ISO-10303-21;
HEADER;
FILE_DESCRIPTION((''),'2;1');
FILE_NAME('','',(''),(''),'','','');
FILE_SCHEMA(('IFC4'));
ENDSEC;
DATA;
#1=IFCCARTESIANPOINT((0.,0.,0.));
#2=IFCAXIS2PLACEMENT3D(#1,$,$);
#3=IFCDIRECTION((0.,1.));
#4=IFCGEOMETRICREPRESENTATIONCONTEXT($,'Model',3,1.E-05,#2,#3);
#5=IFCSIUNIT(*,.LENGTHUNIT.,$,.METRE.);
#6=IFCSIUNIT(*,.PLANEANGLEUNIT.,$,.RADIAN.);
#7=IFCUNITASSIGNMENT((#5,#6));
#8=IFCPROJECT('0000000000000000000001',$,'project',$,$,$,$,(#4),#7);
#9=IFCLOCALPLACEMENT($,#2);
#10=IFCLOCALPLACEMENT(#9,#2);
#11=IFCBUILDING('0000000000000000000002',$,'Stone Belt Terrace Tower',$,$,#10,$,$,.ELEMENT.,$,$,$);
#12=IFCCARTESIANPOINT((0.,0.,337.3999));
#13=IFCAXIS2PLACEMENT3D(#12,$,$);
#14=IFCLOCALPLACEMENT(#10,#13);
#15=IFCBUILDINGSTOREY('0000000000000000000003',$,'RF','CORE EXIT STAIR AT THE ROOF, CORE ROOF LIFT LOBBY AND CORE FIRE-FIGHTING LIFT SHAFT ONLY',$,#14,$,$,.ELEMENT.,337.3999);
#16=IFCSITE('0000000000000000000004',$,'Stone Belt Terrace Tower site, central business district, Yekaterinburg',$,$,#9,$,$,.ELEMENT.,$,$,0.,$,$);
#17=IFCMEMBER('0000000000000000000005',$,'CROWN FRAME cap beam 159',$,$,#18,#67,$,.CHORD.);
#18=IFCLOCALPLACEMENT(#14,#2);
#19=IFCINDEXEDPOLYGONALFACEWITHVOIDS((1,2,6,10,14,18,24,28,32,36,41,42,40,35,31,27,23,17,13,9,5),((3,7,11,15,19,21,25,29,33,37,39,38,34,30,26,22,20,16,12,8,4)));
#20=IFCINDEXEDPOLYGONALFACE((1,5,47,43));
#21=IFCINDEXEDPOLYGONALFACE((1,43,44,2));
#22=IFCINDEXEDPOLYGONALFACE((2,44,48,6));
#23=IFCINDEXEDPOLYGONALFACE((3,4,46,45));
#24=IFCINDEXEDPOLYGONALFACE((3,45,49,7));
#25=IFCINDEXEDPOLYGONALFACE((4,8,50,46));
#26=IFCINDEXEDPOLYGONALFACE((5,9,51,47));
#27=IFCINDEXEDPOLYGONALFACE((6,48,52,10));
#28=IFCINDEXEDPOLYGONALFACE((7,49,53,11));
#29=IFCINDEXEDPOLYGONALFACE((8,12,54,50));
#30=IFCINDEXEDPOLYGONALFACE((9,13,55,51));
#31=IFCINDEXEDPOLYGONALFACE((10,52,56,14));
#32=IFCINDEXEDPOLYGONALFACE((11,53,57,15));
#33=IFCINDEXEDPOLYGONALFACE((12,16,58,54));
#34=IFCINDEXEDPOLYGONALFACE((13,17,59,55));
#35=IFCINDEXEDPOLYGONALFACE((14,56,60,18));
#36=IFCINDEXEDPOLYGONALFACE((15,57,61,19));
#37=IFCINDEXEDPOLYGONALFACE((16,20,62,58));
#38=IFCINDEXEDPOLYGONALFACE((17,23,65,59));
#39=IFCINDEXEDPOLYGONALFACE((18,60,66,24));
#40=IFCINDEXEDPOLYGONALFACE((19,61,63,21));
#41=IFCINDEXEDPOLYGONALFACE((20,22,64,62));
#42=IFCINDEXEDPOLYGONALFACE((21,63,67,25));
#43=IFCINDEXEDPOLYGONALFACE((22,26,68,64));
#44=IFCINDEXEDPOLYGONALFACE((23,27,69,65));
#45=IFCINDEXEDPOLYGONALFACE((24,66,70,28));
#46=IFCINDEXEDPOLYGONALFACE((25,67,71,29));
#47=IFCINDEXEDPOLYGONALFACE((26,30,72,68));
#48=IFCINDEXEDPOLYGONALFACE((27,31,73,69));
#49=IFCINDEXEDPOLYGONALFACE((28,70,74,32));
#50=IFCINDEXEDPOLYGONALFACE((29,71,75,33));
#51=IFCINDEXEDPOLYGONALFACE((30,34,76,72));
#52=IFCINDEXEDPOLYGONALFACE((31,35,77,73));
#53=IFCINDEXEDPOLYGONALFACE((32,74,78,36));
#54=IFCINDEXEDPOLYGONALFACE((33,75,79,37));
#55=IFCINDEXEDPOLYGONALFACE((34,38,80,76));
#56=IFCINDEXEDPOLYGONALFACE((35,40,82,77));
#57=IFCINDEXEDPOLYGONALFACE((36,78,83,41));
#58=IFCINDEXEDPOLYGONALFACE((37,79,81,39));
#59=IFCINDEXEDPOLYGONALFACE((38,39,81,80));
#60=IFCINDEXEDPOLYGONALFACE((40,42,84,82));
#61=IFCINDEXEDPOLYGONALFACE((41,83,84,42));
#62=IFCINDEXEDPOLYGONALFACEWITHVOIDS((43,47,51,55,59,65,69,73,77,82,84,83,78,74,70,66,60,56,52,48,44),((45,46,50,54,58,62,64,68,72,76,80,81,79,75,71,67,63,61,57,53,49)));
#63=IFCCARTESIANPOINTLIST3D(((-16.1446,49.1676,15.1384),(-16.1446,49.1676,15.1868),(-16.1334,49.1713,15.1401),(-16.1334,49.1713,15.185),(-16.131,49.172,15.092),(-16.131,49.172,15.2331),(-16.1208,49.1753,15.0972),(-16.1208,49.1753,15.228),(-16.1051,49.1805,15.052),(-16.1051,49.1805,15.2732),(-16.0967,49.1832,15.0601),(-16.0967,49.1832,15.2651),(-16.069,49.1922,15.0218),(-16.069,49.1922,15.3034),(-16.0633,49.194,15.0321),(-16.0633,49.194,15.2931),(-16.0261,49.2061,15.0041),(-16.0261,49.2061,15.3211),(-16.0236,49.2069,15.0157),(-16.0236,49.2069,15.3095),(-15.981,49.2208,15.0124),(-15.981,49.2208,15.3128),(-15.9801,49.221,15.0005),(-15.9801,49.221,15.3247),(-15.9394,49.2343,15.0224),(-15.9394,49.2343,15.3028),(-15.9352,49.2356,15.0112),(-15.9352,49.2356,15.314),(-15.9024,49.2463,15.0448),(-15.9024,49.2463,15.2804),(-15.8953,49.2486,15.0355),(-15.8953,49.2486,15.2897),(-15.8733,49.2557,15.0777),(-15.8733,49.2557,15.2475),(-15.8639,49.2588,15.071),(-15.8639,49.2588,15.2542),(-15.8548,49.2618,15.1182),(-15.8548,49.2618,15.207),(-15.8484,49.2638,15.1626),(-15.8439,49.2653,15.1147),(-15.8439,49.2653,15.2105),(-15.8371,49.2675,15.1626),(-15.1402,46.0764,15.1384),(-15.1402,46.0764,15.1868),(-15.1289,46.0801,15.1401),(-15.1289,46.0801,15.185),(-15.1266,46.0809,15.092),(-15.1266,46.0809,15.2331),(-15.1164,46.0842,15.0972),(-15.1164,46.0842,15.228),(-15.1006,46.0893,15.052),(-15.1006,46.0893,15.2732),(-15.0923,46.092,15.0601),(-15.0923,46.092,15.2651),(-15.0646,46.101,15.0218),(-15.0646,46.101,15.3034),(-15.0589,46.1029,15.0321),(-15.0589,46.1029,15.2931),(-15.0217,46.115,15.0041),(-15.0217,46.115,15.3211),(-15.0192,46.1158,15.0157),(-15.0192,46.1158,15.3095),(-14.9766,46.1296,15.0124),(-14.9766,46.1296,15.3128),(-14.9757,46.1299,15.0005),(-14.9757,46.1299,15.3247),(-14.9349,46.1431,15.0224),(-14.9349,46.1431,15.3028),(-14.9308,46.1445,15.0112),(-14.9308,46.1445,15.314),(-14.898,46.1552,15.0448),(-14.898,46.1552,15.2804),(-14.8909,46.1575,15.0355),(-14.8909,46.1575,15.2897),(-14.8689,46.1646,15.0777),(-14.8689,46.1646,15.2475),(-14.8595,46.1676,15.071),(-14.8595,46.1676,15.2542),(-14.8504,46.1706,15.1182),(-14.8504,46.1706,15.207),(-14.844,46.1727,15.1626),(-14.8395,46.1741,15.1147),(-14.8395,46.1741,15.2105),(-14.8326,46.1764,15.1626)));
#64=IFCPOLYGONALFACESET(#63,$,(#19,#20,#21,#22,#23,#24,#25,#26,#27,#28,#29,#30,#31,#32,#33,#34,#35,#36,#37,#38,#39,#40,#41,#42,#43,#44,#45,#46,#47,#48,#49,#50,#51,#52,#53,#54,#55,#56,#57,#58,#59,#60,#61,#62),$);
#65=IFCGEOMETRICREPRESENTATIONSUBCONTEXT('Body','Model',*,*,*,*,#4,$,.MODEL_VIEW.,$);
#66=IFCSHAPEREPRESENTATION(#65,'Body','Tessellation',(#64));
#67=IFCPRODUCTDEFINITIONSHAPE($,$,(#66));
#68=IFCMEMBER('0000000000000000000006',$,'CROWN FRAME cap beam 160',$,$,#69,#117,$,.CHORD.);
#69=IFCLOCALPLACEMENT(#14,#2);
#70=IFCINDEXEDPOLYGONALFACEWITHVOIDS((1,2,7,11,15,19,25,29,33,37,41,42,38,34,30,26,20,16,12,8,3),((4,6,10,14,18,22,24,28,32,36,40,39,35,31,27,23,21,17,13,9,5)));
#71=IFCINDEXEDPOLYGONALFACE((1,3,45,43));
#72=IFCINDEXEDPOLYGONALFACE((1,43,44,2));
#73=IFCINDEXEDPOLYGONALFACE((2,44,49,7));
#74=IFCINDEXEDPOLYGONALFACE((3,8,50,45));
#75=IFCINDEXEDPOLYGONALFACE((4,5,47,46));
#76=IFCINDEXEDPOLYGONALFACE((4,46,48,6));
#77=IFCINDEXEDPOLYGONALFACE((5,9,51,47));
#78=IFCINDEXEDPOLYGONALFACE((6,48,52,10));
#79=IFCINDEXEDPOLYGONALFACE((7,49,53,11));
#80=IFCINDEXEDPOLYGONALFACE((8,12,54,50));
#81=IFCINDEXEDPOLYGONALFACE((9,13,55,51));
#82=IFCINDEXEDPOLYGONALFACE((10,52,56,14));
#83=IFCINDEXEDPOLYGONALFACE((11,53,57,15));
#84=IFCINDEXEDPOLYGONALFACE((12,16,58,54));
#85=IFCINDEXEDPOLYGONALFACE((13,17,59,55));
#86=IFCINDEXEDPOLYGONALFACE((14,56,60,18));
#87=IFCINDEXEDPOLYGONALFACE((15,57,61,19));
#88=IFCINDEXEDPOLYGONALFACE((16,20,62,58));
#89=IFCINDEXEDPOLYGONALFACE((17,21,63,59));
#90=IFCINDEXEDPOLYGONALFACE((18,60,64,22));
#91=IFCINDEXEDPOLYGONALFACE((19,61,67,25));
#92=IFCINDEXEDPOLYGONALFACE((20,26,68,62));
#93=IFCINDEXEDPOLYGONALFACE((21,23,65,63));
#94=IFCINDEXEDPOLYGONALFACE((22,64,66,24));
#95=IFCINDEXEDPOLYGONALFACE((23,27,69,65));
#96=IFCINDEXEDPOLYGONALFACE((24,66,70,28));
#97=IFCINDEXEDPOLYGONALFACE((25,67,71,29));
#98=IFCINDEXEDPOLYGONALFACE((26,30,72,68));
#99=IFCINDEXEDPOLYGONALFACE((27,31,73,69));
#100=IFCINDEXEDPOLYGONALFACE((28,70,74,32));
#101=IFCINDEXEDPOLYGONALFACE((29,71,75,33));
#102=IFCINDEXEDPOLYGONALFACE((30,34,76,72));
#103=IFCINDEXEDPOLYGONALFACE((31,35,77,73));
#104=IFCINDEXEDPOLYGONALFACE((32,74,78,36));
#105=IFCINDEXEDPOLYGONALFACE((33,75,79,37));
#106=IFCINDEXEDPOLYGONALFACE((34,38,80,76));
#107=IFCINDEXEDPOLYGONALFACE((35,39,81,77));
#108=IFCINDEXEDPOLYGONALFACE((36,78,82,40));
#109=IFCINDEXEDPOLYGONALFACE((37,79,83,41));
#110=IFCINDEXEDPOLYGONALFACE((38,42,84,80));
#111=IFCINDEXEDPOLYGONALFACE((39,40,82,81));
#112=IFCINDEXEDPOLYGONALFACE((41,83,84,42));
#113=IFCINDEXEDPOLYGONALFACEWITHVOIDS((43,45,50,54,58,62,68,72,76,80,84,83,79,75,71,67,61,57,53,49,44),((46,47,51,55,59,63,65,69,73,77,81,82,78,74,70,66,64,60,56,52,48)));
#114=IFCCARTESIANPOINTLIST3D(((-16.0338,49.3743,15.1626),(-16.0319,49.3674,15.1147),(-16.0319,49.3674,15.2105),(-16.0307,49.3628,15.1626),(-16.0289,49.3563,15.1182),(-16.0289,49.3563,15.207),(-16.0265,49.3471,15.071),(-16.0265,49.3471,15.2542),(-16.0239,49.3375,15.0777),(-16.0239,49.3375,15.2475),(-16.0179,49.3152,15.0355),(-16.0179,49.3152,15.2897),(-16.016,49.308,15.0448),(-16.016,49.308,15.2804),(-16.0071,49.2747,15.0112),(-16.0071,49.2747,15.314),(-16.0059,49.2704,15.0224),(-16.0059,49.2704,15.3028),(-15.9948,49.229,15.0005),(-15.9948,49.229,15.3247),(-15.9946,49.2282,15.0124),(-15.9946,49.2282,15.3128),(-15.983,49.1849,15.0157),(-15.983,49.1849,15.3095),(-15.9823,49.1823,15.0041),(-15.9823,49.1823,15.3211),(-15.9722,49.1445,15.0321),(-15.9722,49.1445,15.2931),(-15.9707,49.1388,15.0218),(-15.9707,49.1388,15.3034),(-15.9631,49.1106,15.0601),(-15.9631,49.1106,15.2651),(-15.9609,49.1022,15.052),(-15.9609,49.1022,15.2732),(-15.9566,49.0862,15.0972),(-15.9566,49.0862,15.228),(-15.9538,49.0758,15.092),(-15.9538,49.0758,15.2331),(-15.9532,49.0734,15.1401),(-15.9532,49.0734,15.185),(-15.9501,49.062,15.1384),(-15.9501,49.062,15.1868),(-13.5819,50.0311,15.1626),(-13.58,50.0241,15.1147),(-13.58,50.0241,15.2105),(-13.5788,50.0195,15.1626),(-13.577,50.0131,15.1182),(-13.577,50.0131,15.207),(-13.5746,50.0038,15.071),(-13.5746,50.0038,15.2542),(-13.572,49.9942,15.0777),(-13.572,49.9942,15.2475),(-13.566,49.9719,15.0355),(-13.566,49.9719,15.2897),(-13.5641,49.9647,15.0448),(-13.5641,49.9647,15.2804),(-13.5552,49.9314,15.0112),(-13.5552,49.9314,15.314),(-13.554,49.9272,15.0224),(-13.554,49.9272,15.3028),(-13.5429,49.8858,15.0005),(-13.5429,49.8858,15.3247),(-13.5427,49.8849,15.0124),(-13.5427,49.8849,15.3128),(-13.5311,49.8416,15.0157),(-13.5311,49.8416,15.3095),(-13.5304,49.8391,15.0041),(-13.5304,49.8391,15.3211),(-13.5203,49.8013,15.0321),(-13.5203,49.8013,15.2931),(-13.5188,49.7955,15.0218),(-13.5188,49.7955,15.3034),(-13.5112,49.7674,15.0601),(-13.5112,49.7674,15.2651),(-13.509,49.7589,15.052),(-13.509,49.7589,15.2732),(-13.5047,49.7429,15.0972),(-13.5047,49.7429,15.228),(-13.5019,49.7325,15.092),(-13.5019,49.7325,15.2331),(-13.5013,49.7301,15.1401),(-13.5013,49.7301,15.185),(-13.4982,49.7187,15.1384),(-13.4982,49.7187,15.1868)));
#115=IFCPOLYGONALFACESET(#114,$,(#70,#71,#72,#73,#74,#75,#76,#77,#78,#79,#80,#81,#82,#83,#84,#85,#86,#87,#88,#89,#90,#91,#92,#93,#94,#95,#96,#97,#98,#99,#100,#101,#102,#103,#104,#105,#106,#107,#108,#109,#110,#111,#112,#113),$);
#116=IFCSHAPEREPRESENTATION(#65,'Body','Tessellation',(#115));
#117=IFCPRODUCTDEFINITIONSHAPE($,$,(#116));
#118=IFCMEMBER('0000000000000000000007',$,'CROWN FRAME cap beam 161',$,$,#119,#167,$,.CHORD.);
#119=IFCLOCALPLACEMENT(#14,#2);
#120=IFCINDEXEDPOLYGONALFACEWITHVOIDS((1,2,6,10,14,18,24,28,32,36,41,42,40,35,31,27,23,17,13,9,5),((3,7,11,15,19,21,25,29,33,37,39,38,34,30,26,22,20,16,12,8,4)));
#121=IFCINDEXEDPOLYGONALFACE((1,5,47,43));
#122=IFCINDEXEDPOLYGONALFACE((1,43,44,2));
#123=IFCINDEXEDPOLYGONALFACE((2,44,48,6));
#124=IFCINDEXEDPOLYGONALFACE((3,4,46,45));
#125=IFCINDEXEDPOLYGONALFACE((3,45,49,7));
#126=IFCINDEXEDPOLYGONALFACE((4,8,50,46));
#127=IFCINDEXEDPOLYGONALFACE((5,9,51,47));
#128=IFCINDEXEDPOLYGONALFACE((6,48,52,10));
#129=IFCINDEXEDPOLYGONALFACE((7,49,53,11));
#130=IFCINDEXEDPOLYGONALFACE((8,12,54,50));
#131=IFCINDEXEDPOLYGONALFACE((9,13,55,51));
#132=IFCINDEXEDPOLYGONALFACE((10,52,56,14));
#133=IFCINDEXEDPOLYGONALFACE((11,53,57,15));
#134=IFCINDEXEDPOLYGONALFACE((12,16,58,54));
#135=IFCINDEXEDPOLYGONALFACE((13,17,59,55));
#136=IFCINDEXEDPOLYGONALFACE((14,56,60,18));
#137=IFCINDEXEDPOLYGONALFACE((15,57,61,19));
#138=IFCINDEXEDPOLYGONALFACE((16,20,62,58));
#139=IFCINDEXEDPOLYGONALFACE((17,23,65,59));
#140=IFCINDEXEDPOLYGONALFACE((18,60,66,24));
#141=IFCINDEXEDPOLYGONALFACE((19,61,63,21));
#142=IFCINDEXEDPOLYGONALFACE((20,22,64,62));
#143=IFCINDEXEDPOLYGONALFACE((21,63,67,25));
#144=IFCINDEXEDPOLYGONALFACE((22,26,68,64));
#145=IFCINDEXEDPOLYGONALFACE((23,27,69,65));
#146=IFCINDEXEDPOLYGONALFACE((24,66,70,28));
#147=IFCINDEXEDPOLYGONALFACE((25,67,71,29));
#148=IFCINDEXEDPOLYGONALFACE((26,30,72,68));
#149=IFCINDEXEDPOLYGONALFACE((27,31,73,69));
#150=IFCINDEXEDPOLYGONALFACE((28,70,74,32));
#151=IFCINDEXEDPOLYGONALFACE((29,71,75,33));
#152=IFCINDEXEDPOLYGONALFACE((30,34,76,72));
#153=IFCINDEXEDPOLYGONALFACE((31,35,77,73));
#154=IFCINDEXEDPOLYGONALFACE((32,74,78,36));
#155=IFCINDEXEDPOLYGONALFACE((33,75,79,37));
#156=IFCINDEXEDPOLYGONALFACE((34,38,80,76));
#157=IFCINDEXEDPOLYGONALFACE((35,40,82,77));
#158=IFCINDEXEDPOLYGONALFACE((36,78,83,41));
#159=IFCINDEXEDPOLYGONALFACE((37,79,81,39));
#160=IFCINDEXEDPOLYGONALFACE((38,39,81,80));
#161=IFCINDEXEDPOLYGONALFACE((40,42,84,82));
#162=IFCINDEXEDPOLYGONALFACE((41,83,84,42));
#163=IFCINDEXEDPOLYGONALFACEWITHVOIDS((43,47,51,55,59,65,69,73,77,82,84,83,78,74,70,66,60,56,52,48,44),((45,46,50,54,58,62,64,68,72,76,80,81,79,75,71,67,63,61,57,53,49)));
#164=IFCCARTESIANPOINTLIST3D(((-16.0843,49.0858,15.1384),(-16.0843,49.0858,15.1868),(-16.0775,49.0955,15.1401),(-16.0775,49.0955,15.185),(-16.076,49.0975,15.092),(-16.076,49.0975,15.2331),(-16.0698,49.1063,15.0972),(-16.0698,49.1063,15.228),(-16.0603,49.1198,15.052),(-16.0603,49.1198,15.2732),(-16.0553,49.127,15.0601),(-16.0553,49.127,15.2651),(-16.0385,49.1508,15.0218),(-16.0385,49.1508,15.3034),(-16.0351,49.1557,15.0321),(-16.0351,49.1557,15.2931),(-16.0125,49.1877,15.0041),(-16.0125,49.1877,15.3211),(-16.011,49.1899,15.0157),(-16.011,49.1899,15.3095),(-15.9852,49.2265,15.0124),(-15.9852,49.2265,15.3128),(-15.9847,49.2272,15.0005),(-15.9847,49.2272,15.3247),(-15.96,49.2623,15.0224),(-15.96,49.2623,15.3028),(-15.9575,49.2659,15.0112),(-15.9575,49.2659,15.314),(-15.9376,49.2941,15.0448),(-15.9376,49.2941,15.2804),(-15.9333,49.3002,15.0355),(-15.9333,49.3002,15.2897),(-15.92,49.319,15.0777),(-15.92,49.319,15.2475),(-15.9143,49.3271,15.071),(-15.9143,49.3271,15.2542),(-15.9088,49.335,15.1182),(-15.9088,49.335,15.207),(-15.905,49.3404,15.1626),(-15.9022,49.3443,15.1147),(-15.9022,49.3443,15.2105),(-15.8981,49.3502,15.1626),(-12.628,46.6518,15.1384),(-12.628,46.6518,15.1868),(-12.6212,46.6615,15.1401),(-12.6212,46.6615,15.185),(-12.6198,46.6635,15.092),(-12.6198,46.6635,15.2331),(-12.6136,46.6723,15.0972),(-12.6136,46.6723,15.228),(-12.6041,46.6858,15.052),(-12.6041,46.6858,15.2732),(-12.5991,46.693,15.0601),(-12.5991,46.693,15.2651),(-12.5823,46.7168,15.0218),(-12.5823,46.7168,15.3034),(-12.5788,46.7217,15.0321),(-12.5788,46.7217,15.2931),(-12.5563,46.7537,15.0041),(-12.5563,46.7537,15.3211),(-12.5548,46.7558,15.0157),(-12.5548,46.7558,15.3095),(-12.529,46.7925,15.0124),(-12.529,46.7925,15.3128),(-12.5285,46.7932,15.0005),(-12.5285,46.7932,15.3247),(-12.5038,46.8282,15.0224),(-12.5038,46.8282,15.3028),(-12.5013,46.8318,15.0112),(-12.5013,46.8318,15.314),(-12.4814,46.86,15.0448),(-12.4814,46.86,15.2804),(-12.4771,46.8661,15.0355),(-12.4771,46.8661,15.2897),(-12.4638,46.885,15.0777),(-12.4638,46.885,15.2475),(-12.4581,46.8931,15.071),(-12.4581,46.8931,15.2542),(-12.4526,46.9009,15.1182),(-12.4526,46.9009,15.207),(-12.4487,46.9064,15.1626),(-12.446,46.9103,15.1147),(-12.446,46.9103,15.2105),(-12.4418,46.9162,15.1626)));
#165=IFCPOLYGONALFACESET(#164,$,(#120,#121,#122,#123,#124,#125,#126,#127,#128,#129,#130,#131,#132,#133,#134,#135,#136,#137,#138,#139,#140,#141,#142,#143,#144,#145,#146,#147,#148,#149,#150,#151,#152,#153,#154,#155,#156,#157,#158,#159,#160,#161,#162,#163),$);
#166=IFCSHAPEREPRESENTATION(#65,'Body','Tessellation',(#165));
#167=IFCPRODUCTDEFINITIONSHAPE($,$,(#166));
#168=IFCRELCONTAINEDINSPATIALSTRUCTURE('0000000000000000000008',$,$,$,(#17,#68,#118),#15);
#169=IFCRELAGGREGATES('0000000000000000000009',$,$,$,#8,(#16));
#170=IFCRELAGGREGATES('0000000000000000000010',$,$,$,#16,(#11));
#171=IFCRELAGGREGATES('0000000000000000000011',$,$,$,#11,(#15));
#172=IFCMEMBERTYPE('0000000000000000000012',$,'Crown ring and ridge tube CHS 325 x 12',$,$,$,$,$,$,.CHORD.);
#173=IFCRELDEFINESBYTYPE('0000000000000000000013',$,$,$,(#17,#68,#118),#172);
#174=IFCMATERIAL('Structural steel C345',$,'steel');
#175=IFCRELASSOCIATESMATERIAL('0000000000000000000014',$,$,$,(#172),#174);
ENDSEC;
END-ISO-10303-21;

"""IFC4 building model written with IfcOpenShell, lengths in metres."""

from ifc_helpers import new_model, si_unit, direction, frame, origin, origin_2d, place, context, subcontext, project, spatial, hollow_circle, extrude, material, material_profile, profile_set, type_object, element, save


model = new_model("IFC4")

# Units and contexts
model_context = context("Model", 3, precision=1e-05, world=origin(), true_north=direction((0.0, 1.0)))
body_context = subcontext(model_context, "Body", "Model", "MODEL_VIEW")
ifc_project = project(units=[si_unit("LENGTHUNIT", "METRE"), si_unit("PLANEANGLEUNIT", "RADIAN")], contexts=[model_context])

# Site, building, storey
site_placement = place(None, origin())
site = spatial("IfcSite", under=ifc_project, at=site_placement, Name="Stone Belt Terrace Tower site, central business district, Yekaterinburg", CompositionType="ELEMENT", RefElevation=0.0)
building_placement = place(site_placement, origin())
building = spatial("IfcBuilding", under=site, at=building_placement, Name="Stone Belt Terrace Tower", CompositionType="ELEMENT")
storey_placement = place(building_placement, frame((0.0, 0.0, 337.3999)))
storey = spatial("IfcBuildingStorey", under=building, at=storey_placement, Name="RF", Description="CORE EXIT STAIR AT THE ROOF, CORE ROOF LIFT LOBBY AND CORE FIRE-FIGHTING LIFT SHAFT ONLY", CompositionType="ELEMENT", Elevation=337.3999)

# Members
ifc_material_1 = material(Name="Structural steel C345", Category="steel")
ifc_material_profile_1 = material_profile(ifc_material_1, hollow_circle(Radius=0.1626, WallThickness=0.012, at=origin_2d()), Name="Structural steel C345 CHS 325x12")
ifc_profile_set_1 = profile_set([ifc_material_profile_1], Name="Structural steel C345")
member_type_1 = type_object("IfcMemberType", Name="Crown ring and ridge tube CHS 325 x 12", PredefinedType="CHORD", material=ifc_profile_set_1)
member_1_placement = place(storey_placement, frame((-15.9917, 49.2173, 15.1626), z_axis=(0.30903, -0.951052, 0.0), x_axis=(0.951052, 0.30903, 0.0)))
element("IfcMember", 1, at=member_1_placement, inside=storey, type_object=member_type_1, Name="CROWN FRAME cap beam 159", PredefinedType="CHORD", context=body_context, shape_type="SweptSolid", body=[
    extrude(hollow_circle(Radius=0.1626, WallThickness=0.012, at=origin_2d()), origin(), (0.0, 0.0, 1.0), 3.2502),
])
member_2_placement = place(storey_placement, frame((-15.9917, 49.2173, 15.1626), z_axis=(0.96595, 0.258728, 0.0), x_axis=(-0.258728, 0.96595, 0.0)))
element("IfcMember", 2, at=member_2_placement, inside=storey, type_object=member_type_1, Name="CROWN FRAME cap beam 160", PredefinedType="CHORD", context=body_context, shape_type="SweptSolid", body=[
    extrude(hollow_circle(Radius=0.1626, WallThickness=0.012, at=origin_2d()), origin(), (0.0, 0.0, 1.0), 2.5383),
])
member_3_placement = place(storey_placement, frame((-15.9917, 49.2173, 15.1626), z_axis=(0.817598, -0.575789, 0.0), x_axis=(0.575789, 0.817598, 0.0)))
element("IfcMember", 3, at=member_3_placement, inside=storey, type_object=member_type_1, Name="CROWN FRAME cap beam 161", PredefinedType="CHORD", context=body_context, shape_type="SweptSolid", body=[
    extrude(hollow_circle(Radius=0.1626, WallThickness=0.012, at=origin_2d()), origin(), (0.0, 0.0, 1.0), 4.2273),
])

save(model, "model.ifc")
